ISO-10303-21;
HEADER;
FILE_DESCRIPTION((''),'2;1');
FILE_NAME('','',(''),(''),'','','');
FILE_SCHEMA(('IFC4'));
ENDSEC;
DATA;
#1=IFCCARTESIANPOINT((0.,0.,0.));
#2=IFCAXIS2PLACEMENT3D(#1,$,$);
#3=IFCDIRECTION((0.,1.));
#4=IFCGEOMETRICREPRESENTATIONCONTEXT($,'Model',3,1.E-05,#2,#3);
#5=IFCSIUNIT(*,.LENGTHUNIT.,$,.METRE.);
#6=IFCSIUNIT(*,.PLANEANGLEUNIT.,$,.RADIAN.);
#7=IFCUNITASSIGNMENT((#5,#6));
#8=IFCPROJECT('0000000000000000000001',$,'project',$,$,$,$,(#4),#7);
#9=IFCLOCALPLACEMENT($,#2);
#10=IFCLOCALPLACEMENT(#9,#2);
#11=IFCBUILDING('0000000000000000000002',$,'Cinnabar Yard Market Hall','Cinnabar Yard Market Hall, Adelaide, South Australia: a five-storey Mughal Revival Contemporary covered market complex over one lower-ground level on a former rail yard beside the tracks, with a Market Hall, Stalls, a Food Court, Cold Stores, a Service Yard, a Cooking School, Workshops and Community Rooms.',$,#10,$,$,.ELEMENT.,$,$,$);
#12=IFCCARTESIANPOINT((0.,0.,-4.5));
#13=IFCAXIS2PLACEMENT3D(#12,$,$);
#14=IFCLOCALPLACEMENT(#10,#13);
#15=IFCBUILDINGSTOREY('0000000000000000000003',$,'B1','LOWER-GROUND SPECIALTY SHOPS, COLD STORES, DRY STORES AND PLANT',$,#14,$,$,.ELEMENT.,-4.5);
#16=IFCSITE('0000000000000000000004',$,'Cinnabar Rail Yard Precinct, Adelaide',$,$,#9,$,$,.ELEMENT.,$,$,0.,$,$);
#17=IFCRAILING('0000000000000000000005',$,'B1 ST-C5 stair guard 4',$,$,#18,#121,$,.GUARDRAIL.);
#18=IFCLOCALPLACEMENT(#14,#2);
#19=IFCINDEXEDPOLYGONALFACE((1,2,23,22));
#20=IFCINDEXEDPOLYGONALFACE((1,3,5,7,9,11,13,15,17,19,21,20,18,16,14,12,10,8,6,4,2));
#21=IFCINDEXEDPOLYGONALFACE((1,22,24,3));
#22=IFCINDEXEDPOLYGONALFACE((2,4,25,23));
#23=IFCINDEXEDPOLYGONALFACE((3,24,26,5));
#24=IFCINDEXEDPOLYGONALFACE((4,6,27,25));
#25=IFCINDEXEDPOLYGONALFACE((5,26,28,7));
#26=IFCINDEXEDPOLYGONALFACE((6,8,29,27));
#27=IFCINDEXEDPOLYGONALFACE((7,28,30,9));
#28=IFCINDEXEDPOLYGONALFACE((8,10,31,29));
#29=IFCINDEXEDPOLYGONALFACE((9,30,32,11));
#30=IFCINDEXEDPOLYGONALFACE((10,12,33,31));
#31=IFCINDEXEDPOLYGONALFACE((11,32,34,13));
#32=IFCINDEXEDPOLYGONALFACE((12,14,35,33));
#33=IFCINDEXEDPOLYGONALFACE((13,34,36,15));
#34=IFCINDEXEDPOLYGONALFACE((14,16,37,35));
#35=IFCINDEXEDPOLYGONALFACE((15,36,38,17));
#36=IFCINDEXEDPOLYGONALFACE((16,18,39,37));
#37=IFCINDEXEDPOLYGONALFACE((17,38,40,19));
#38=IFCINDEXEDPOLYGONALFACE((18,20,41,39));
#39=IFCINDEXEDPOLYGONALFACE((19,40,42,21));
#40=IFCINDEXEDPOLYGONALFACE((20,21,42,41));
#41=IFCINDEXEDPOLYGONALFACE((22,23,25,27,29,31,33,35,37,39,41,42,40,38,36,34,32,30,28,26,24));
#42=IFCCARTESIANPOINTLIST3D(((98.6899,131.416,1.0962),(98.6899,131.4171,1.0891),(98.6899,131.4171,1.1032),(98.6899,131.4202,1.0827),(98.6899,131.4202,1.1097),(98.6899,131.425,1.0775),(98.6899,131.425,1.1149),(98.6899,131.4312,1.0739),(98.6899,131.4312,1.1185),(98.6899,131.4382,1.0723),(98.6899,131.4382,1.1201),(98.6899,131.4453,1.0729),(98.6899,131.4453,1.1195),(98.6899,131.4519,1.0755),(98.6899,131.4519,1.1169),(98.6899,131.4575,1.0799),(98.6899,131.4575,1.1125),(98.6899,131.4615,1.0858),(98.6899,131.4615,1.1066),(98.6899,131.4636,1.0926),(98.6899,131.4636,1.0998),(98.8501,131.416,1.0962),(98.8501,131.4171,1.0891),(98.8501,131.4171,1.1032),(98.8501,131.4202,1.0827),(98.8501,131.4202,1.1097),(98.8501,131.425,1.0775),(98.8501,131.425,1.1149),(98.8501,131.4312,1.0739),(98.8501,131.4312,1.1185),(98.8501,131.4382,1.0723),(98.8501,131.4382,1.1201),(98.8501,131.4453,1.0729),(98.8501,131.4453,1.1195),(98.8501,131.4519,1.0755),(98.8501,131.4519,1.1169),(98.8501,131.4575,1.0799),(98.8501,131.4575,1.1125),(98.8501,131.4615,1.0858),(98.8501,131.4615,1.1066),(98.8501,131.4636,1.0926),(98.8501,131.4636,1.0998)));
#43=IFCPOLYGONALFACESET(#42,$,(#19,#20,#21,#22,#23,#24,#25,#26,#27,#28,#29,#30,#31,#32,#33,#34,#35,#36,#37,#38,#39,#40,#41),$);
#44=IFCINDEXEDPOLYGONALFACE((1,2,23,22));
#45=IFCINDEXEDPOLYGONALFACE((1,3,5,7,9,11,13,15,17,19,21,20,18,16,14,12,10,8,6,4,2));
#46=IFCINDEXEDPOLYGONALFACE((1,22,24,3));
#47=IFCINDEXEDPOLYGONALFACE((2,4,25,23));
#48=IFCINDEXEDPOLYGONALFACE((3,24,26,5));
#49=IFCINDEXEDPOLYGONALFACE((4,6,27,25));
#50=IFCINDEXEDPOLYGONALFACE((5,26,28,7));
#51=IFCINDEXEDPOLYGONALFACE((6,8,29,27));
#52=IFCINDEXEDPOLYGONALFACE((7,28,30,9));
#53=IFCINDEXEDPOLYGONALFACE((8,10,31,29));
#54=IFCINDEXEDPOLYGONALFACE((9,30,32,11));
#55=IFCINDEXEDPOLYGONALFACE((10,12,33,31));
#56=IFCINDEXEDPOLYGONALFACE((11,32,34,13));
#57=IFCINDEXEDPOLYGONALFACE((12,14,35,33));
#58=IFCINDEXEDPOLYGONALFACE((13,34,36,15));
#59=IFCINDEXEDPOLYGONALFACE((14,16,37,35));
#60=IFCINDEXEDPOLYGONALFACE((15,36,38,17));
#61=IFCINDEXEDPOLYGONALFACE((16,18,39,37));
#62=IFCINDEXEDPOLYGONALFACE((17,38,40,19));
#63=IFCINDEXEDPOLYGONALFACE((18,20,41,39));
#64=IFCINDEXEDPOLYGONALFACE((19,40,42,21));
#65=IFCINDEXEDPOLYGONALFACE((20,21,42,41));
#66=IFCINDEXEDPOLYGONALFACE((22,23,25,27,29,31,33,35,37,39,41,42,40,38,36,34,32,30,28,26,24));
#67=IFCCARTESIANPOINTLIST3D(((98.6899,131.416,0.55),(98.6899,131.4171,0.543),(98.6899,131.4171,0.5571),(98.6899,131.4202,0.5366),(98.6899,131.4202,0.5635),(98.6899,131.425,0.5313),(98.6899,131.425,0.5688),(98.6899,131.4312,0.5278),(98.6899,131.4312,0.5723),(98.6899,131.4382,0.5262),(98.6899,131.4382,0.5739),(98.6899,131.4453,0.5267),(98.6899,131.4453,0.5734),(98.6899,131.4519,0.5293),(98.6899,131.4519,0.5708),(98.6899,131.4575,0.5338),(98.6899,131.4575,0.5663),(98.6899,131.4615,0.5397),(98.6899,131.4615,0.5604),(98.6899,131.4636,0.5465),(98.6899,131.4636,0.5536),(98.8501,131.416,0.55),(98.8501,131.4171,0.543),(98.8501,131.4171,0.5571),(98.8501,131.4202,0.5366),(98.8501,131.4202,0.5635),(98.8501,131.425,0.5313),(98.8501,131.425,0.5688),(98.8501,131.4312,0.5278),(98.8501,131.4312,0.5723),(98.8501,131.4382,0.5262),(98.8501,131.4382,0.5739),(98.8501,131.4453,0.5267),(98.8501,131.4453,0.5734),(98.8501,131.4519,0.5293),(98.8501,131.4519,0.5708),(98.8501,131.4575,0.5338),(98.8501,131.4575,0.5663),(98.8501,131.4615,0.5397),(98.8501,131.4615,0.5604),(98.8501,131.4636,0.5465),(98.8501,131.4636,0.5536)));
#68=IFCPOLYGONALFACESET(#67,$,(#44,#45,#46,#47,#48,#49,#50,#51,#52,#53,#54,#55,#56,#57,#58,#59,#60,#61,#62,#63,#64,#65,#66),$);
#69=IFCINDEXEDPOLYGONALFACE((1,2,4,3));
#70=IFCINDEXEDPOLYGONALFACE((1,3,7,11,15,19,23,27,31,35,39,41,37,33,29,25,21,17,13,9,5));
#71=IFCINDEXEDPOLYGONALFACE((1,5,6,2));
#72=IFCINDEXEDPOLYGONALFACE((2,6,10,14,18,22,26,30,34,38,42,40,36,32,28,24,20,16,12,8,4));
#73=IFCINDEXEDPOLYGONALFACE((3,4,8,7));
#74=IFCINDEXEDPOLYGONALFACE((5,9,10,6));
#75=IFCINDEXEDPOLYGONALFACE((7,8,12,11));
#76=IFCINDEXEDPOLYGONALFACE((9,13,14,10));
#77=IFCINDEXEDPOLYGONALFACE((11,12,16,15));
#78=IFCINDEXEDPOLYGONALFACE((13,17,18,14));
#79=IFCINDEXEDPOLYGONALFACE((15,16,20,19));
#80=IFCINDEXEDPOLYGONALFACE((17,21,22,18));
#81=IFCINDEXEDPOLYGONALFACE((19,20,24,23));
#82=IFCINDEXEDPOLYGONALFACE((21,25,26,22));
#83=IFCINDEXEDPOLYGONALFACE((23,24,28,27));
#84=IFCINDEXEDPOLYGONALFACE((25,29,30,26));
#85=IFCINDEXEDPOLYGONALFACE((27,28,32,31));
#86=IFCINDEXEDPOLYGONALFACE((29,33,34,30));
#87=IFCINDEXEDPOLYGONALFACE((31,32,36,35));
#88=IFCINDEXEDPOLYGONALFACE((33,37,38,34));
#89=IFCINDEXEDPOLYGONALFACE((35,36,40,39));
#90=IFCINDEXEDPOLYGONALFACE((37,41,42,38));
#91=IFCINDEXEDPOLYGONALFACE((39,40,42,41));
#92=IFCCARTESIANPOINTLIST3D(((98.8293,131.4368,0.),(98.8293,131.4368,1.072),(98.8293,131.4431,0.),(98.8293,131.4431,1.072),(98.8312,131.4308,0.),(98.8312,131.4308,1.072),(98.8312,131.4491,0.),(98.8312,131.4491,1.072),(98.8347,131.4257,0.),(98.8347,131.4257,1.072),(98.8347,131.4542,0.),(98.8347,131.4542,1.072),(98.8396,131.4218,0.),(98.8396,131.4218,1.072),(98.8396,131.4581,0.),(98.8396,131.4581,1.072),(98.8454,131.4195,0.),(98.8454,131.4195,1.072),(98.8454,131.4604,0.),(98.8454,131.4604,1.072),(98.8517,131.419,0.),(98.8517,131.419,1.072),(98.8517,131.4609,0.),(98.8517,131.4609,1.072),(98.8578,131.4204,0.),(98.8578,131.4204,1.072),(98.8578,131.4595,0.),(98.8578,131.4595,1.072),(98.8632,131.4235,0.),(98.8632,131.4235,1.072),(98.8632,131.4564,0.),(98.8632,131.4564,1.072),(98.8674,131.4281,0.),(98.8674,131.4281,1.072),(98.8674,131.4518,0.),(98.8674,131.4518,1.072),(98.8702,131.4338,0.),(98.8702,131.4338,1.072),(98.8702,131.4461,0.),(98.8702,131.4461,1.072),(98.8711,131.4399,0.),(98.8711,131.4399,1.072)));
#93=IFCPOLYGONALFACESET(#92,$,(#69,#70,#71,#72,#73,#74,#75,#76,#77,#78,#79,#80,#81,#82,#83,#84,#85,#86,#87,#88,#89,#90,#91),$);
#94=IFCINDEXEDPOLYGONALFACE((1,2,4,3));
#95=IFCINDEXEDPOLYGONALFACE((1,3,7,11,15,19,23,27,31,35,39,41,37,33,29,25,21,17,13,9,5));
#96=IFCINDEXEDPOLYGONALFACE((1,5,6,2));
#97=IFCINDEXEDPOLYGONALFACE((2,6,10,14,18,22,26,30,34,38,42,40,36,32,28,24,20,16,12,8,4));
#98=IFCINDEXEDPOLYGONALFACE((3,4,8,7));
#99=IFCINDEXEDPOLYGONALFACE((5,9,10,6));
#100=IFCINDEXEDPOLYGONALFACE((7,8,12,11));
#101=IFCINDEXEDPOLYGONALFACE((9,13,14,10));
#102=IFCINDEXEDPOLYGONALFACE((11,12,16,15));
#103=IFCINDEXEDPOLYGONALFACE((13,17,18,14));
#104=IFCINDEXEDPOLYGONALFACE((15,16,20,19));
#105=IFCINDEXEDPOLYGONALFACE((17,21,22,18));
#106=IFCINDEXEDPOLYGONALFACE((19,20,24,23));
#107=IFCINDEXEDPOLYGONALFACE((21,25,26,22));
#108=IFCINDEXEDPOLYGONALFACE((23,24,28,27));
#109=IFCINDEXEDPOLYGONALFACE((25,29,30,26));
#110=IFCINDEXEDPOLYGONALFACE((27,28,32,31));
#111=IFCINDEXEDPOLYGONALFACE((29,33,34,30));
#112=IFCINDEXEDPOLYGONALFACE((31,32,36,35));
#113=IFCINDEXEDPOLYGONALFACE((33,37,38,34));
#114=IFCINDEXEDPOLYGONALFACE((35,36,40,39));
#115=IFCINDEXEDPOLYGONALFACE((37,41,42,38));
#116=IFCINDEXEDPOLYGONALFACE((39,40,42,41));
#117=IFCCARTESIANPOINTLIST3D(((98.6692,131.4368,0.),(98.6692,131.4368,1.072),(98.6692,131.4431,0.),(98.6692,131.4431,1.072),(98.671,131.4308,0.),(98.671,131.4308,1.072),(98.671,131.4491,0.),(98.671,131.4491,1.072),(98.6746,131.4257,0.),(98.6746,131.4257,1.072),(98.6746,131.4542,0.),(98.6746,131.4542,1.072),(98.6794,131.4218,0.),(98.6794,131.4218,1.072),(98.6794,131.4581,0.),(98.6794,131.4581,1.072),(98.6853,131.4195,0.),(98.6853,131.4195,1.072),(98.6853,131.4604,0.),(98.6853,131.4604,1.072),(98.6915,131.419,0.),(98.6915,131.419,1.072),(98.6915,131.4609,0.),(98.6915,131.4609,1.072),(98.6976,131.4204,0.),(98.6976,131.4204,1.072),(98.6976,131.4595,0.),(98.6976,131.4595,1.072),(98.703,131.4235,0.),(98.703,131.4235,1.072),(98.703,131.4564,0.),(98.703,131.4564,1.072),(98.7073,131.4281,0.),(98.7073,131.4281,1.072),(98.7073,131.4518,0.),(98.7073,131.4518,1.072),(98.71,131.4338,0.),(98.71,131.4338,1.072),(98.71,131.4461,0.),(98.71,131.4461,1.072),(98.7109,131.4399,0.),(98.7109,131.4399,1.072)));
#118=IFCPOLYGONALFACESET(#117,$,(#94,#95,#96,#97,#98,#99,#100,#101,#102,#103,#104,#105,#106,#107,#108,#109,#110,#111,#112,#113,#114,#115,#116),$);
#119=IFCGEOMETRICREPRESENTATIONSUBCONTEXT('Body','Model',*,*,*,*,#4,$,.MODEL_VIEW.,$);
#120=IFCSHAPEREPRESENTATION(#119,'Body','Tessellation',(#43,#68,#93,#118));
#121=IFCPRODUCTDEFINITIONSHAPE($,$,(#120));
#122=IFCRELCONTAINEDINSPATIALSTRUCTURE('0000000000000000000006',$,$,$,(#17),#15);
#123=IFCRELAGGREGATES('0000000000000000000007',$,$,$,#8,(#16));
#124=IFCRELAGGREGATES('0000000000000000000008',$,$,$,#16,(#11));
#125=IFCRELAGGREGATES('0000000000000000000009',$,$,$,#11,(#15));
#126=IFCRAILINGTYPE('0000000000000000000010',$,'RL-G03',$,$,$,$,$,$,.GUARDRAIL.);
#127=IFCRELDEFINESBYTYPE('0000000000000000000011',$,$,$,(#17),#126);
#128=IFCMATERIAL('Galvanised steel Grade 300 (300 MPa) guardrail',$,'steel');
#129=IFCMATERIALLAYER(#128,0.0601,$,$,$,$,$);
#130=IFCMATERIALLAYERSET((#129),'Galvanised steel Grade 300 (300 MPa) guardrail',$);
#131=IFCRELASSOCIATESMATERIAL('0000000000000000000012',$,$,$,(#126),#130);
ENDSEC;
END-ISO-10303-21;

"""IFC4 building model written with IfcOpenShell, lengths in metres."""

from ifc_helpers import new_model, si_unit, direction, frame, origin, origin_2d_with_axis, place, context, subcontext, project, spatial, circle, extrude, material, layer, layer_set, type_object, element, save


model = new_model("IFC4")

# Units and contexts
model_context = context("Model", 3, precision=1e-05, world=origin(), true_north=direction((0.0, 1.0)))
body_context = subcontext(model_context, "Body", "Model", "MODEL_VIEW")
ifc_project = project(units=[si_unit("LENGTHUNIT", "METRE"), si_unit("PLANEANGLEUNIT", "RADIAN")], contexts=[model_context])

# Site, building, storey
site_placement = place(None, origin())
site = spatial("IfcSite", under=ifc_project, at=site_placement, Name="Cinnabar Rail Yard Precinct, Adelaide", CompositionType="ELEMENT", RefElevation=0.0)
building_placement = place(site_placement, origin())
building = spatial("IfcBuilding", under=site, at=building_placement, Name="Cinnabar Yard Market Hall", Description="Cinnabar Yard Market Hall, Adelaide, South Australia: a five-storey Mughal Revival Contemporary covered market complex over one lower-ground level on a former rail yard beside the tracks, with a Market Hall, Stalls, a Food Court, Cold Stores, a Service Yard, a Cooking School, Workshops and Community Rooms.", CompositionType="ELEMENT")
storey_placement = place(building_placement, frame((0.0, 0.0, -4.5)))
storey = spatial("IfcBuildingStorey", under=building, at=storey_placement, Name="B1", Description="LOWER-GROUND SPECIALTY SHOPS, COLD STORES, DRY STORES AND PLANT", CompositionType="ELEMENT", Elevation=-4.5)

# Railing
ifc_material_1 = material(Name="Galvanised steel Grade 300 (300 MPa) guardrail", Category="steel")
ifc_layer_1 = layer(ifc_material_1, 0.0601)
ifc_layer_set_1 = layer_set([ifc_layer_1], Name="Galvanised steel Grade 300 (300 MPa) guardrail")
railing_type_1 = type_object("IfcRailingType", Name="RL-G03", PredefinedType="GUARDRAIL", material=ifc_layer_set_1)
railing_1_placement = place(storey_placement, frame((98.8501, 131.4399, 0.0)))
element("IfcRailing", 1, at=railing_1_placement, inside=storey, type_object=railing_type_1, Name="B1 ST-C5 stair guard 4", PredefinedType="GUARDRAIL", context=body_context, shape_type="SweptSolid", body=[
    extrude(circle(Radius=0.0239, at=origin_2d_with_axis()), frame((0.0, 0.0, 1.0962), z_axis=(-1.0, 0.0, 0.0), x_axis=(0.0, -1.0, 0.0)), (0.0, 0.0, 1.0), 0.1602),
    extrude(circle(Radius=0.0239, at=origin_2d_with_axis()), frame((0.0, 0.0, 0.55), z_axis=(-1.0, 0.0, 0.0), x_axis=(0.0, -1.0, 0.0)), (0.0, 0.0, 1.0), 0.1602),
    extrude(circle(Radius=0.021, at=origin_2d_with_axis()), origin(), (0.0, 0.0, 1.0), 1.072),
    extrude(circle(Radius=0.021, at=origin_2d_with_axis()), frame((-0.1602, 0.0, 0.0)), (0.0, 0.0, 1.0), 1.072),
])

save(model, "model.ifc")
